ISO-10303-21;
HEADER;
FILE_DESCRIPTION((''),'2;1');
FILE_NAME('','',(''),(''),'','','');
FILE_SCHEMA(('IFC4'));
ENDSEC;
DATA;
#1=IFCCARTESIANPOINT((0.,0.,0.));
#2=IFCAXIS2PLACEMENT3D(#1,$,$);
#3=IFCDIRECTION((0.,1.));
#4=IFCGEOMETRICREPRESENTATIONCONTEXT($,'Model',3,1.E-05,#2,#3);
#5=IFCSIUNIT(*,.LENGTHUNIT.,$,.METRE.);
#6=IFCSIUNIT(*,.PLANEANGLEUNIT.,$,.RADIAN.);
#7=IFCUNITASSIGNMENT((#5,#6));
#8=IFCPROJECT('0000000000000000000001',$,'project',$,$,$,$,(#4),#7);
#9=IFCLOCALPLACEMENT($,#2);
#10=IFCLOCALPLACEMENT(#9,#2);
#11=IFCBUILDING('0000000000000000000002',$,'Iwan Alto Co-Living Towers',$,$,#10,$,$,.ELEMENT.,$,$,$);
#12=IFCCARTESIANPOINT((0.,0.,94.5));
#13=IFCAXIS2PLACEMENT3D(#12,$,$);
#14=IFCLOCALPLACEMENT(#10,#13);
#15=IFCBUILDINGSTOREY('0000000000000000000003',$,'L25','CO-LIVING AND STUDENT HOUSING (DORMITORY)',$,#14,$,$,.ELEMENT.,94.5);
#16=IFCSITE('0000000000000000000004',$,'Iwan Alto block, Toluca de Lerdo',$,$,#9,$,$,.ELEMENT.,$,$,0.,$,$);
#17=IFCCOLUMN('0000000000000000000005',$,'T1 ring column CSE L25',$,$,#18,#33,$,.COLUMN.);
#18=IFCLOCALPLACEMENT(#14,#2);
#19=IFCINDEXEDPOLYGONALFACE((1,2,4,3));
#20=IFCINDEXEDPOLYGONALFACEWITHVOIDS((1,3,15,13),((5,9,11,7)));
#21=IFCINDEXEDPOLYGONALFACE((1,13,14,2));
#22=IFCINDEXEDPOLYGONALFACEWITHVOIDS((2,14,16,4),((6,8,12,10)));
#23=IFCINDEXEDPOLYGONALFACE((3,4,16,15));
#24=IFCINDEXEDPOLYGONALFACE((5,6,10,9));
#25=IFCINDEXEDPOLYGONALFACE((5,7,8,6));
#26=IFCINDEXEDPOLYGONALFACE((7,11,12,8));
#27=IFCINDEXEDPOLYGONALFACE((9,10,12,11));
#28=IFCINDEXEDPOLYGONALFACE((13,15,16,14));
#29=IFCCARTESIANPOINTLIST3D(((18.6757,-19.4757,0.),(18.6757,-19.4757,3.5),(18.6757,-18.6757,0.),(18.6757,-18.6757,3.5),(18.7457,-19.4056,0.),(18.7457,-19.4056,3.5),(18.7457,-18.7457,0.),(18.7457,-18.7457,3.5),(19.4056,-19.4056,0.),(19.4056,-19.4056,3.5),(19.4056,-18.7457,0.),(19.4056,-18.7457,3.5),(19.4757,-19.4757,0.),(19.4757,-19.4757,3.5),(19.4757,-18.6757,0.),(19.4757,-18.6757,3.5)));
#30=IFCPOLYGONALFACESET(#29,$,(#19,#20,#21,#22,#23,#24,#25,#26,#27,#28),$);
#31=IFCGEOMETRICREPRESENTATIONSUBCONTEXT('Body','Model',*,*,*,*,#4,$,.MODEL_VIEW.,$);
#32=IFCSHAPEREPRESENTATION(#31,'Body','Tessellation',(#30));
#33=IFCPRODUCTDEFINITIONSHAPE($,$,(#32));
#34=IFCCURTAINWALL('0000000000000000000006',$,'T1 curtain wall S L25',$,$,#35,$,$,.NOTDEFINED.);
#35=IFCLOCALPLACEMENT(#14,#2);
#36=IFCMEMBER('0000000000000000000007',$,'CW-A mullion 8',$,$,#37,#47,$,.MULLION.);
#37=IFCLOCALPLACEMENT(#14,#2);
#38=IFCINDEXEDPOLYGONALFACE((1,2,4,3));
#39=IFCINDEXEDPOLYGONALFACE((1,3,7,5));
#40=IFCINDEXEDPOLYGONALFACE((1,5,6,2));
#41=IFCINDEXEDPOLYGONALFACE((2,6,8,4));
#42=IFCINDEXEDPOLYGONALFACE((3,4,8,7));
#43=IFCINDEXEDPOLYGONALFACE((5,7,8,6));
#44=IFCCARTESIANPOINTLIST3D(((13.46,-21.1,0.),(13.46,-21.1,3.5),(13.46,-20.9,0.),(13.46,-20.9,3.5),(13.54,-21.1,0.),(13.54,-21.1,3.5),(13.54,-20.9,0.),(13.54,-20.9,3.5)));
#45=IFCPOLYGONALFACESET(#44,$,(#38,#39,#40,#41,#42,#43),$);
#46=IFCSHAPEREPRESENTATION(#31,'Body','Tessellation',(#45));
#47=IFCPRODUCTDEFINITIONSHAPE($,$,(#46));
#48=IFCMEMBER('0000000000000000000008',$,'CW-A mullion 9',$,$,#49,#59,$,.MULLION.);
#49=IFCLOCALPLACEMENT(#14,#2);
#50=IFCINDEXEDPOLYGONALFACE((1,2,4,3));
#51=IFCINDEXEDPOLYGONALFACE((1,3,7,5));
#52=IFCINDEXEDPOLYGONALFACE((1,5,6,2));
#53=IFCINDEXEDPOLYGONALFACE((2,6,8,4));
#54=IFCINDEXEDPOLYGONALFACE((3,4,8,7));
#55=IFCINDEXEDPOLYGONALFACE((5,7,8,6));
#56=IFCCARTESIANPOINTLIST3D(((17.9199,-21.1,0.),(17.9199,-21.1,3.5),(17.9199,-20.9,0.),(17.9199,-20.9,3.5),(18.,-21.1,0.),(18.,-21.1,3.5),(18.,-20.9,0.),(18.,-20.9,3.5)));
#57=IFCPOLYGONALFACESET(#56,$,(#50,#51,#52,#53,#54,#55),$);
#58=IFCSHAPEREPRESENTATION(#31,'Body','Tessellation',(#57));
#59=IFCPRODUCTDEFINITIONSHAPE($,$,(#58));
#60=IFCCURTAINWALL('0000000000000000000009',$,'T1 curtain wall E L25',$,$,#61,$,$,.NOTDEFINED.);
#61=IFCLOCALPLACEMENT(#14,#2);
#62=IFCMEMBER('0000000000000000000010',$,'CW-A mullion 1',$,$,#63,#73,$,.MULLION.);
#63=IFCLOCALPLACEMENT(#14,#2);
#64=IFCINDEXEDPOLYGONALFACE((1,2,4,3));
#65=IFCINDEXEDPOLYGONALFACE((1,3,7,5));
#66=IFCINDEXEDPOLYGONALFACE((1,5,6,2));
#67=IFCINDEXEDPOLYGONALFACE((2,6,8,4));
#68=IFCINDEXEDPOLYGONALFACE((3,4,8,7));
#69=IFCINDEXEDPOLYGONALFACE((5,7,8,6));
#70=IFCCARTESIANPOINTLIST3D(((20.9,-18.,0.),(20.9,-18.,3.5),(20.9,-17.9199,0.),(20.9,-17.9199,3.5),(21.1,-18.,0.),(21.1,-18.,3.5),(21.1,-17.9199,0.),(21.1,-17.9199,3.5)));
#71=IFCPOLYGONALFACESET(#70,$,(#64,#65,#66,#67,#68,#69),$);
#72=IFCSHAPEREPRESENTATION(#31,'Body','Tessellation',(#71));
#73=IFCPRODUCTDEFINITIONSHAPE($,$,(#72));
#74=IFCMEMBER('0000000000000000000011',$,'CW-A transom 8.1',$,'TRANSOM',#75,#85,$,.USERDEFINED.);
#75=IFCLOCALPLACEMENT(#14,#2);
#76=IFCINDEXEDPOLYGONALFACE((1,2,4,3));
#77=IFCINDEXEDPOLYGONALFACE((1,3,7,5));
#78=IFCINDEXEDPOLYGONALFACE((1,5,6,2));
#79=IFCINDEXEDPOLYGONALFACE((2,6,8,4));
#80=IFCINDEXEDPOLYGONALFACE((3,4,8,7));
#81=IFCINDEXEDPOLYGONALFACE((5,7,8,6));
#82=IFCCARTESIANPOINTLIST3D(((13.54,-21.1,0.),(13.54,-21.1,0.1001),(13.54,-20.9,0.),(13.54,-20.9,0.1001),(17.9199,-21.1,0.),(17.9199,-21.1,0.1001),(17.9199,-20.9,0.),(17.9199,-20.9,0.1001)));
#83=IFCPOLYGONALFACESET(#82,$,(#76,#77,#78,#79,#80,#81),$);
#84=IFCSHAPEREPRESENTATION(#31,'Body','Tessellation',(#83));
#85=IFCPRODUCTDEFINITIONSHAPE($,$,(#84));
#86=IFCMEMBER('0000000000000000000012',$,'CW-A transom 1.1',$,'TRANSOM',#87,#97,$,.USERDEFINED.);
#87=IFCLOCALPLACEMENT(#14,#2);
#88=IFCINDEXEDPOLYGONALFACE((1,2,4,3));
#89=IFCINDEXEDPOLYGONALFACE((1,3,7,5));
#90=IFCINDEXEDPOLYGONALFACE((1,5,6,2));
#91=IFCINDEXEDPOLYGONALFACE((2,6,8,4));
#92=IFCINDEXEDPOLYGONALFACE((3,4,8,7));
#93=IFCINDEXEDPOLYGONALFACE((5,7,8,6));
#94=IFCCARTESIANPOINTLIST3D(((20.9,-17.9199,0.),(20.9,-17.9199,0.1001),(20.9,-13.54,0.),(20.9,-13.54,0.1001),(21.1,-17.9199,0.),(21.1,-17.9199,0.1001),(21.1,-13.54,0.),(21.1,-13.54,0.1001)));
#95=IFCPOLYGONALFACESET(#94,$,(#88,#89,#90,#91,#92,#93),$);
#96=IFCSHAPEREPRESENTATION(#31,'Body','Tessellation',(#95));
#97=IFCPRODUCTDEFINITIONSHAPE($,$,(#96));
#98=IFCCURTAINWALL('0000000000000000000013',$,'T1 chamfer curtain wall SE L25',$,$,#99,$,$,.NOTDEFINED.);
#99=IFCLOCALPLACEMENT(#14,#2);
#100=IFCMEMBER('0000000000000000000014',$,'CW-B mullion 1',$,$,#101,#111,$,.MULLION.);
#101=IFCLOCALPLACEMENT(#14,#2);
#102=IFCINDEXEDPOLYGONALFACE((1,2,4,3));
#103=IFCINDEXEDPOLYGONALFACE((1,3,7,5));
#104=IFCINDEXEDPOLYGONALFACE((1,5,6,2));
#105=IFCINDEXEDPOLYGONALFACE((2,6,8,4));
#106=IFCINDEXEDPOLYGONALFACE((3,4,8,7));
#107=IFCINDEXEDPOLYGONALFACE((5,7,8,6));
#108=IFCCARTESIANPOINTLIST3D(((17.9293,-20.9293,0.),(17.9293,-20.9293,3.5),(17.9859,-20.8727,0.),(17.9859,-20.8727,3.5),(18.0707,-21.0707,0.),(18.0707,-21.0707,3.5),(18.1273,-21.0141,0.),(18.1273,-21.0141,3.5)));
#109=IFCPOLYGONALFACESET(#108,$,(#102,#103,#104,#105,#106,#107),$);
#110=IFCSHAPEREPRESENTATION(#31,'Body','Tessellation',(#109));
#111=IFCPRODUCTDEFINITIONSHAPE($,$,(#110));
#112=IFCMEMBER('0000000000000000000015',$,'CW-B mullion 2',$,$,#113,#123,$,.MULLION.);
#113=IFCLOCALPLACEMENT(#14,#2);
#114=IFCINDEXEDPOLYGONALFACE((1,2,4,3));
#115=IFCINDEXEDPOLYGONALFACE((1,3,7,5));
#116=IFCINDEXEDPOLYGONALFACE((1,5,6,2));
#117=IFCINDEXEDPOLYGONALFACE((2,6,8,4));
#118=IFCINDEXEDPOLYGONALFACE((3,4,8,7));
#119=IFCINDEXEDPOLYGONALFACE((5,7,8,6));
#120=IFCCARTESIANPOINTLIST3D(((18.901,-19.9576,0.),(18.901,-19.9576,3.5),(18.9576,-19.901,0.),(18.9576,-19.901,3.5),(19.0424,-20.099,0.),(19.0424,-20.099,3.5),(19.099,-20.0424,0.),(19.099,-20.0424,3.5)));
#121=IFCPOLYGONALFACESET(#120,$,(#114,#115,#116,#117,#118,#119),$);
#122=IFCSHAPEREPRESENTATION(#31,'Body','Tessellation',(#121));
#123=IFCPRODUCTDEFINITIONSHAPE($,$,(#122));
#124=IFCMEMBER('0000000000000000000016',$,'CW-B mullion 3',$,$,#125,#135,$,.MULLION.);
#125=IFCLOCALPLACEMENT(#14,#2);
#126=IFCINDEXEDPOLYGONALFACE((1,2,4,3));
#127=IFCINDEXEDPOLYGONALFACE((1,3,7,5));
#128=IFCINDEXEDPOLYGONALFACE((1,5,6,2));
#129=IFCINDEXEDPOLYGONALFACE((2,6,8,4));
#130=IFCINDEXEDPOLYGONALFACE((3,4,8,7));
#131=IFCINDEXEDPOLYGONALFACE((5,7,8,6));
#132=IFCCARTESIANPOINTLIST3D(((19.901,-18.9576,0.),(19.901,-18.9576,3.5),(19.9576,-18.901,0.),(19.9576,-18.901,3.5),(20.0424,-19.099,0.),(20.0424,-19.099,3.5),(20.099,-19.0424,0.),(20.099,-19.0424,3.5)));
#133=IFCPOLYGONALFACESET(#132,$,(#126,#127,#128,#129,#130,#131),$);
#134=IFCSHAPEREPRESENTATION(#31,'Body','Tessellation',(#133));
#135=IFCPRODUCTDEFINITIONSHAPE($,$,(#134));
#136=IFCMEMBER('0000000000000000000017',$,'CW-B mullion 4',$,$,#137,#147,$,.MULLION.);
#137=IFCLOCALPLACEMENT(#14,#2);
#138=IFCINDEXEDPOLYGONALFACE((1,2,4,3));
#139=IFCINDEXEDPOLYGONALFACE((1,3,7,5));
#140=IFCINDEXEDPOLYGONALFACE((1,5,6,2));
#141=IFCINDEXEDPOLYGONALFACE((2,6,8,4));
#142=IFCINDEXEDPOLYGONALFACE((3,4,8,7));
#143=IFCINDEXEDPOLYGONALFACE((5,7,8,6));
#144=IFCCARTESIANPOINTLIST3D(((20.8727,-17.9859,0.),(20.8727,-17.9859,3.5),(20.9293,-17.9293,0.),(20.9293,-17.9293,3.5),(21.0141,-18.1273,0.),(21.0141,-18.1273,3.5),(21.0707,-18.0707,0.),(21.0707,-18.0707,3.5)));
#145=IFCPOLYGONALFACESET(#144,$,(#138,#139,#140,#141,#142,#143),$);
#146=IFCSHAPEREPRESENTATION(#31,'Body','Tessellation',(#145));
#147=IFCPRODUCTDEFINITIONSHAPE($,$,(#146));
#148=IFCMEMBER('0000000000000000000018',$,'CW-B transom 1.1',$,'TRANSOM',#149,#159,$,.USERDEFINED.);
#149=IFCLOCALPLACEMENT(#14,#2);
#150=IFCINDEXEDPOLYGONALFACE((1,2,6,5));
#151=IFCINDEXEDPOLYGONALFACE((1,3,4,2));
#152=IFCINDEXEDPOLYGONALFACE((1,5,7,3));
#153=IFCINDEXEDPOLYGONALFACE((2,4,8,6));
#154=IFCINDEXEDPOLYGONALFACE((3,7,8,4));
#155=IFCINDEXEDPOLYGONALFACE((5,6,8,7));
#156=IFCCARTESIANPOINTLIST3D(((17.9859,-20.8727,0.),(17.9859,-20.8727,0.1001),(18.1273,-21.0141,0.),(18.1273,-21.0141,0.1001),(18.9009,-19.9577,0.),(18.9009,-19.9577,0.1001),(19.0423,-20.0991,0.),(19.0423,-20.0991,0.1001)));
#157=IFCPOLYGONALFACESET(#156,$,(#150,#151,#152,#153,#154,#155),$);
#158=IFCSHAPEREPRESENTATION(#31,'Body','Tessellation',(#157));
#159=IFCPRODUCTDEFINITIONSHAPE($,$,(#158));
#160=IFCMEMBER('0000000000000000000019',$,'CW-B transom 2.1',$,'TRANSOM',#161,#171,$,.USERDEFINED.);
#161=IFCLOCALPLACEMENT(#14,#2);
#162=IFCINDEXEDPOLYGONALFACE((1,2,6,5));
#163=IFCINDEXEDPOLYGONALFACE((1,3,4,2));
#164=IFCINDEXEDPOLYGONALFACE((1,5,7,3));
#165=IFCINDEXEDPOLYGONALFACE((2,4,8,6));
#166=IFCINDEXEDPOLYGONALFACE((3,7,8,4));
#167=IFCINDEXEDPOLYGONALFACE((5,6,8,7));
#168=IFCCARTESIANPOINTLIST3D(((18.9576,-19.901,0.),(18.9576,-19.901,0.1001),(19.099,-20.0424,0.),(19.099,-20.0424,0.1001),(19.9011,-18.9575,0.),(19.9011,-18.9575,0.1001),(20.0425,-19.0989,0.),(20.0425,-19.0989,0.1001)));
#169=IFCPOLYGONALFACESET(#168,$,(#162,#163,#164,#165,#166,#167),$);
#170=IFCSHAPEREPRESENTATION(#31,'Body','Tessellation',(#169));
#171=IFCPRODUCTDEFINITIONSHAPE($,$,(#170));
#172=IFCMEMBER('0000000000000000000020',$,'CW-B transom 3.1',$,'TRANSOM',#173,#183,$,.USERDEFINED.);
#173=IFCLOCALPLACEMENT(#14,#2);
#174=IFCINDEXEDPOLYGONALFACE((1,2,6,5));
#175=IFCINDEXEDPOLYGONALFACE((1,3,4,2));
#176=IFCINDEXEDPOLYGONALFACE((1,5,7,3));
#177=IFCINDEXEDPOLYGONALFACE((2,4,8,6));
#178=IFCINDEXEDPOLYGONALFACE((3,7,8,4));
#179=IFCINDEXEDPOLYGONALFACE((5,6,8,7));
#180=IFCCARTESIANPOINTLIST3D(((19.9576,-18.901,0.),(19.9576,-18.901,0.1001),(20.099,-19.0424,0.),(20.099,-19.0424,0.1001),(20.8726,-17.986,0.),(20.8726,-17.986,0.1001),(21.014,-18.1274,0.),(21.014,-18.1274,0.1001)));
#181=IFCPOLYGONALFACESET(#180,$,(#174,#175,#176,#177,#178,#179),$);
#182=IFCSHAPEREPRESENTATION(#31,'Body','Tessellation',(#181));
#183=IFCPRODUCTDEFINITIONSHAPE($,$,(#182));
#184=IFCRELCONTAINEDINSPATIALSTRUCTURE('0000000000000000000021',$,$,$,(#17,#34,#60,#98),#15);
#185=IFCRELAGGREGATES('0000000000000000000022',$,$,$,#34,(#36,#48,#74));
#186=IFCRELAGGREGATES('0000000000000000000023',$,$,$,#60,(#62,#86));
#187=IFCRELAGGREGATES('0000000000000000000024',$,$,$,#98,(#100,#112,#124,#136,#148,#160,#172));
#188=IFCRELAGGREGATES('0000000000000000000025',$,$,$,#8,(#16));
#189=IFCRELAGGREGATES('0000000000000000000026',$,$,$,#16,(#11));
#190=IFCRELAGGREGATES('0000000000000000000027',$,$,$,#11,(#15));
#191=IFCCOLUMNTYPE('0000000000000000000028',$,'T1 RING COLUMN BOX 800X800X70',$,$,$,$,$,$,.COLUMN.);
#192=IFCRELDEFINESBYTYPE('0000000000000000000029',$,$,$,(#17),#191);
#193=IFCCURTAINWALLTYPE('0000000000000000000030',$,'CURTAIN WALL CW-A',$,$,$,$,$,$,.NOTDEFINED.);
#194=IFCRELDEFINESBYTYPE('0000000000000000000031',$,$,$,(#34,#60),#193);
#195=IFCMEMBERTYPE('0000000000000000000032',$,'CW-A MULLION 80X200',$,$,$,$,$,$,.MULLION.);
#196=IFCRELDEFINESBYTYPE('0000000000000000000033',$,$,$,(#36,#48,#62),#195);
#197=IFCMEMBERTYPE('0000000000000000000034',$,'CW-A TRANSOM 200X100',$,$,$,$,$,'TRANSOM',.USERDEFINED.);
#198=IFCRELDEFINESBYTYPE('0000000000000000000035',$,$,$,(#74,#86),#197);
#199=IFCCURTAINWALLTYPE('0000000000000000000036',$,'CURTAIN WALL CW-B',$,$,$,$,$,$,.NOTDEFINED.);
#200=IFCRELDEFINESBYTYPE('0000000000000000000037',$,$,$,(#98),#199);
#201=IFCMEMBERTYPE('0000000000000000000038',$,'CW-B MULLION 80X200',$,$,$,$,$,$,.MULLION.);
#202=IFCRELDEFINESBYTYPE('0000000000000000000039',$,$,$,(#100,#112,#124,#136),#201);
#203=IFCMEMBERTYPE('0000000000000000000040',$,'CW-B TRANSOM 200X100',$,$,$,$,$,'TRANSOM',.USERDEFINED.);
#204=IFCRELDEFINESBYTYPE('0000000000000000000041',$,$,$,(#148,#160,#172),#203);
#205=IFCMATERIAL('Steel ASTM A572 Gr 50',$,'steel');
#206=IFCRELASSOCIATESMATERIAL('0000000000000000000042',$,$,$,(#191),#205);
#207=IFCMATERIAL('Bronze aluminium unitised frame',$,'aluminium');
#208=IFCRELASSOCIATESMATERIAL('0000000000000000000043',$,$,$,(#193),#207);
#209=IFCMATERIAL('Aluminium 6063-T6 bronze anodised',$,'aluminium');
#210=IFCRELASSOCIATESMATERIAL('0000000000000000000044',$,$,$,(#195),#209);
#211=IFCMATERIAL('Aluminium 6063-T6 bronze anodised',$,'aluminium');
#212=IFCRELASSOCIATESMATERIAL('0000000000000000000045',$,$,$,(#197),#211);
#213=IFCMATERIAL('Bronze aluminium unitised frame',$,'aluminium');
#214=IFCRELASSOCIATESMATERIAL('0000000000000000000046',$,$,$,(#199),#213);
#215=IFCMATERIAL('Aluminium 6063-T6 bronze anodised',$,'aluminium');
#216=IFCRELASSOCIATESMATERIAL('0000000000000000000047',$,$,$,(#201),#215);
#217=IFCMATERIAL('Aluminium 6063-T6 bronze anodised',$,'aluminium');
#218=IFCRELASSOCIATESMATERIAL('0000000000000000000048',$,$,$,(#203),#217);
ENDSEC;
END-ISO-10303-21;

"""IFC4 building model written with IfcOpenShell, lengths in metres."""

from ifc_helpers import new_model, si_unit, direction, frame, origin, origin_2d, place, context, subcontext, project, spatial, rectangle, hollow_rectangle, extrude, material, material_profile, profile_set, type_object, element, aggregate, save


model = new_model("IFC4")

# Units and contexts
model_context = context("Model", 3, precision=1e-05, world=origin(), true_north=direction((0.0, 1.0)))
body_context = subcontext(model_context, "Body", "Model", "MODEL_VIEW")
ifc_project = project(units=[si_unit("LENGTHUNIT", "METRE"), si_unit("PLANEANGLEUNIT", "RADIAN")], contexts=[model_context])

# Site, building, storey
site_placement = place(None, origin())
site = spatial("IfcSite", under=ifc_project, at=site_placement, Name="Iwan Alto block, Toluca de Lerdo", CompositionType="ELEMENT", RefElevation=0.0)
building_placement = place(site_placement, origin())
building = spatial("IfcBuilding", under=site, at=building_placement, Name="Iwan Alto Co-Living Towers", CompositionType="ELEMENT")
storey_placement = place(building_placement, frame((0.0, 0.0, 94.5)))
storey = spatial("IfcBuildingStorey", under=building, at=storey_placement, Name="L25", Description="CO-LIVING AND STUDENT HOUSING (DORMITORY)", CompositionType="ELEMENT", Elevation=94.5)

# Column
ifc_material_1 = material(Name="Steel ASTM A572 Gr 50", Category="steel")
ifc_material_profile_1 = material_profile(ifc_material_1, hollow_rectangle(XDim=0.8, YDim=0.8, WallThickness=0.0701, at=origin_2d()), Name="BOX 800X800X70")
ifc_profile_set_1 = profile_set([ifc_material_profile_1], Name="Steel ASTM A572 Gr 50")
column_type = type_object("IfcColumnType", Name="T1 RING COLUMN BOX 800X800X70", PredefinedType="COLUMN", material=ifc_profile_set_1)
column_placement = place(storey_placement, frame((19.0757, -19.0757, 0.0), z_axis=(0.0, 0.0, 1.0), x_axis=(1.0, 0.0, 0.0)))
element("IfcColumn", 1, at=column_placement, inside=storey, type_object=column_type, Name="T1 ring column CSE L25", PredefinedType="COLUMN", context=body_context, shape_type="SweptSolid", body=[
    extrude(hollow_rectangle(XDim=0.8, YDim=0.8, WallThickness=0.0701, at=origin_2d()), origin(), (0.0, 0.0, 1.0), 3.5),
])

# Curtain wall, members
ifc_material_2 = material(Name="Bronze aluminium unitised frame", Category="aluminium")
curtain_wall_type_1 = type_object("IfcCurtainWallType", Name="CURTAIN WALL CW-A", PredefinedType="NOTDEFINED", material=ifc_material_2)
curtain_wall_1_placement = place(storey_placement, origin())
curtain_wall_1 = element("IfcCurtainWall", 2, at=curtain_wall_1_placement, inside=storey, type_object=curtain_wall_type_1, Name="T1 curtain wall S L25", PredefinedType="NOTDEFINED")
ifc_material_3 = material(Name="Aluminium 6063-T6 bronze anodised", Category="aluminium")
ifc_material_profile_2 = material_profile(ifc_material_3, rectangle(XDim=0.2, YDim=0.0801, at=origin_2d()), Name="AL 80X200")
ifc_profile_set_2 = profile_set([ifc_material_profile_2], Name="Aluminium 6063-T6 bronze anodised")
member_type_1 = type_object("IfcMemberType", Name="CW-A MULLION 80X200", PredefinedType="MULLION", material=ifc_profile_set_2)
member_1_placement = place(storey_placement, frame((13.5, -21.0, 0.0), z_axis=(0.0, 0.0, 1.0), x_axis=(0.0, 1.0, 0.0)))
member_1 = element("IfcMember", 3, at=member_1_placement, type_object=member_type_1, Name="CW-A mullion 8", PredefinedType="MULLION", context=body_context, shape_type="SweptSolid", body=[
    extrude(rectangle(XDim=0.2, YDim=0.0801, at=origin_2d()), origin(), (0.0, 0.0, 1.0), 3.5),
])
member_2_placement = place(storey_placement, frame((17.96, -21.0, 0.0), z_axis=(0.0, 0.0, 1.0), x_axis=(0.0, 1.0, 0.0)))
member_2 = element("IfcMember", 4, at=member_2_placement, type_object=member_type_1, Name="CW-A mullion 9", PredefinedType="MULLION", context=body_context, shape_type="SweptSolid", body=[
    extrude(rectangle(XDim=0.2, YDim=0.0801, at=origin_2d()), origin(), (0.0, 0.0, 1.0), 3.5),
])

# Curtain wall, member
curtain_wall_2_placement = place(storey_placement, origin())
curtain_wall_2 = element("IfcCurtainWall", 5, at=curtain_wall_2_placement, inside=storey, type_object=curtain_wall_type_1, Name="T1 curtain wall E L25", PredefinedType="NOTDEFINED")
member_3_placement = place(storey_placement, frame((21.0, -17.96, 0.0), z_axis=(0.0, 0.0, 1.0), x_axis=(-1.0, 0.0, 0.0)))
member_3 = element("IfcMember", 6, at=member_3_placement, type_object=member_type_1, Name="CW-A mullion 1", PredefinedType="MULLION", context=body_context, shape_type="SweptSolid", body=[
    extrude(rectangle(XDim=0.2, YDim=0.0801, at=origin_2d()), origin(), (0.0, 0.0, 1.0), 3.5),
])

# Members
ifc_material_4 = material(Name="Aluminium 6063-T6 bronze anodised", Category="aluminium")
ifc_material_profile_3 = material_profile(ifc_material_4, rectangle(XDim=0.2, YDim=0.1001, at=origin_2d()), Name="AL 200X100")
ifc_profile_set_3 = profile_set([ifc_material_profile_3], Name="Aluminium 6063-T6 bronze anodised")
member_type_2 = type_object("IfcMemberType", Name="CW-A TRANSOM 200X100", ElementType="TRANSOM", PredefinedType="USERDEFINED", material=ifc_profile_set_3)
member_4_placement = place(storey_placement, frame((13.54, -21.0, 0.05), z_axis=(1.0, 0.0, 0.0), x_axis=(0.0, 1.0, 0.0)))
member_4 = element("IfcMember", 7, at=member_4_placement, type_object=member_type_2, Name="CW-A transom 8.1", ObjectType="TRANSOM", PredefinedType="USERDEFINED", context=body_context, shape_type="SweptSolid", body=[
    extrude(rectangle(XDim=0.2, YDim=0.1001, at=origin_2d()), origin(), (0.0, 0.0, 1.0), 4.3799),
])
member_5_placement = place(storey_placement, frame((21.0, -17.9199, 0.05), z_axis=(0.0, 1.0, 0.0), x_axis=(-1.0, 0.0, 0.0)))
member_5 = element("IfcMember", 8, at=member_5_placement, type_object=member_type_2, Name="CW-A transom 1.1", ObjectType="TRANSOM", PredefinedType="USERDEFINED", context=body_context, shape_type="SweptSolid", body=[
    extrude(rectangle(XDim=0.2, YDim=0.1001, at=origin_2d()), origin(), (0.0, 0.0, 1.0), 4.3799),
])

# Curtain wall, members
ifc_material_5 = material(Name="Bronze aluminium unitised frame", Category="aluminium")
curtain_wall_type_2 = type_object("IfcCurtainWallType", Name="CURTAIN WALL CW-B", PredefinedType="NOTDEFINED", material=ifc_material_5)
curtain_wall_3_placement = place(storey_placement, origin())
curtain_wall_3 = element("IfcCurtainWall", 9, at=curtain_wall_3_placement, inside=storey, type_object=curtain_wall_type_2, Name="T1 chamfer curtain wall SE L25", PredefinedType="NOTDEFINED")
ifc_material_6 = material(Name="Aluminium 6063-T6 bronze anodised", Category="aluminium")
ifc_material_profile_4 = material_profile(ifc_material_6, rectangle(XDim=0.2, YDim=0.0801, at=origin_2d()), Name="AL 80X200")
ifc_profile_set_4 = profile_set([ifc_material_profile_4], Name="Aluminium 6063-T6 bronze anodised")
member_type_3 = type_object("IfcMemberType", Name="CW-B MULLION 80X200", PredefinedType="MULLION", material=ifc_profile_set_4)
member_6_placement = place(storey_placement, frame((18.0283, -20.9717, 0.0), z_axis=(0.0, 0.0, 1.0), x_axis=(-0.707107, 0.707107, 0.0)))
member_6 = element("IfcMember", 10, at=member_6_placement, type_object=member_type_3, Name="CW-B mullion 1", PredefinedType="MULLION", context=body_context, shape_type="SweptSolid", body=[
    extrude(rectangle(XDim=0.2, YDim=0.0801, at=origin_2d()), origin(), (0.0, 0.0, 1.0), 3.5),
])
member_7_placement = place(storey_placement, frame((19.0, -20.0, 0.0), z_axis=(0.0, 0.0, 1.0), x_axis=(-0.707107, 0.707107, 0.0)))
member_7 = element("IfcMember", 11, at=member_7_placement, type_object=member_type_3, Name="CW-B mullion 2", PredefinedType="MULLION", context=body_context, shape_type="SweptSolid", body=[
    extrude(rectangle(XDim=0.2, YDim=0.0801, at=origin_2d()), origin(), (0.0, 0.0, 1.0), 3.5),
])
member_8_placement = place(storey_placement, frame((20.0, -19.0, 0.0), z_axis=(0.0, 0.0, 1.0), x_axis=(-0.707107, 0.707107, 0.0)))
member_8 = element("IfcMember", 12, at=member_8_placement, type_object=member_type_3, Name="CW-B mullion 3", PredefinedType="MULLION", context=body_context, shape_type="SweptSolid", body=[
    extrude(rectangle(XDim=0.2, YDim=0.0801, at=origin_2d()), origin(), (0.0, 0.0, 1.0), 3.5),
])
member_9_placement = place(storey_placement, frame((20.9717, -18.0283, 0.0), z_axis=(0.0, 0.0, 1.0), x_axis=(-0.707107, 0.707107, 0.0)))
member_9 = element("IfcMember", 13, at=member_9_placement, type_object=member_type_3, Name="CW-B mullion 4", PredefinedType="MULLION", context=body_context, shape_type="SweptSolid", body=[
    extrude(rectangle(XDim=0.2, YDim=0.0801, at=origin_2d()), origin(), (0.0, 0.0, 1.0), 3.5),
])
ifc_material_7 = material(Name="Aluminium 6063-T6 bronze anodised", Category="aluminium")
ifc_material_profile_5 = material_profile(ifc_material_7, rectangle(XDim=0.2, YDim=0.1001, at=origin_2d()), Name="AL 200X100")
ifc_profile_set_5 = profile_set([ifc_material_profile_5], Name="Aluminium 6063-T6 bronze anodised")
member_type_4 = type_object("IfcMemberType", Name="CW-B TRANSOM 200X100", ElementType="TRANSOM", PredefinedType="USERDEFINED", material=ifc_profile_set_5)
member_10_placement = place(storey_placement, frame((18.0566, -20.9434, 0.05), z_axis=(0.707107, 0.707107, 0.0), x_axis=(-0.707107, 0.707107, 0.0)))
member_10 = element("IfcMember", 14, at=member_10_placement, type_object=member_type_4, Name="CW-B transom 1.1", ObjectType="TRANSOM", PredefinedType="USERDEFINED", context=body_context, shape_type="SweptSolid", body=[
    extrude(rectangle(XDim=0.2, YDim=0.1001, at=origin_2d()), origin(), (0.0, 0.0, 1.0), 1.2939),
])
member_11_placement = place(storey_placement, frame((19.0283, -19.9717, 0.05), z_axis=(0.707107, 0.707107, 0.0), x_axis=(-0.707107, 0.707107, 0.0)))
member_11 = element("IfcMember", 15, at=member_11_placement, type_object=member_type_4, Name="CW-B transom 2.1", ObjectType="TRANSOM", PredefinedType="USERDEFINED", context=body_context, shape_type="SweptSolid", body=[
    extrude(rectangle(XDim=0.2, YDim=0.1001, at=origin_2d()), origin(), (0.0, 0.0, 1.0), 1.3342),
])
member_12_placement = place(storey_placement, frame((20.0283, -18.9717, 0.05), z_axis=(0.707107, 0.707107, 0.0), x_axis=(-0.707107, 0.707107, 0.0)))
member_12 = element("IfcMember", 16, at=member_12_placement, type_object=member_type_4, Name="CW-B transom 3.1", ObjectType="TRANSOM", PredefinedType="USERDEFINED", context=body_context, shape_type="SweptSolid", body=[
    extrude(rectangle(XDim=0.2, YDim=0.1001, at=origin_2d()), origin(), (0.0, 0.0, 1.0), 1.2939),
])

aggregate(curtain_wall_1, [member_1, member_2, member_4])
aggregate(curtain_wall_2, [member_3, member_5])
aggregate(curtain_wall_3, [member_6, member_7, member_8, member_9, member_10, member_11, member_12])

save(model, "model.ifc")
